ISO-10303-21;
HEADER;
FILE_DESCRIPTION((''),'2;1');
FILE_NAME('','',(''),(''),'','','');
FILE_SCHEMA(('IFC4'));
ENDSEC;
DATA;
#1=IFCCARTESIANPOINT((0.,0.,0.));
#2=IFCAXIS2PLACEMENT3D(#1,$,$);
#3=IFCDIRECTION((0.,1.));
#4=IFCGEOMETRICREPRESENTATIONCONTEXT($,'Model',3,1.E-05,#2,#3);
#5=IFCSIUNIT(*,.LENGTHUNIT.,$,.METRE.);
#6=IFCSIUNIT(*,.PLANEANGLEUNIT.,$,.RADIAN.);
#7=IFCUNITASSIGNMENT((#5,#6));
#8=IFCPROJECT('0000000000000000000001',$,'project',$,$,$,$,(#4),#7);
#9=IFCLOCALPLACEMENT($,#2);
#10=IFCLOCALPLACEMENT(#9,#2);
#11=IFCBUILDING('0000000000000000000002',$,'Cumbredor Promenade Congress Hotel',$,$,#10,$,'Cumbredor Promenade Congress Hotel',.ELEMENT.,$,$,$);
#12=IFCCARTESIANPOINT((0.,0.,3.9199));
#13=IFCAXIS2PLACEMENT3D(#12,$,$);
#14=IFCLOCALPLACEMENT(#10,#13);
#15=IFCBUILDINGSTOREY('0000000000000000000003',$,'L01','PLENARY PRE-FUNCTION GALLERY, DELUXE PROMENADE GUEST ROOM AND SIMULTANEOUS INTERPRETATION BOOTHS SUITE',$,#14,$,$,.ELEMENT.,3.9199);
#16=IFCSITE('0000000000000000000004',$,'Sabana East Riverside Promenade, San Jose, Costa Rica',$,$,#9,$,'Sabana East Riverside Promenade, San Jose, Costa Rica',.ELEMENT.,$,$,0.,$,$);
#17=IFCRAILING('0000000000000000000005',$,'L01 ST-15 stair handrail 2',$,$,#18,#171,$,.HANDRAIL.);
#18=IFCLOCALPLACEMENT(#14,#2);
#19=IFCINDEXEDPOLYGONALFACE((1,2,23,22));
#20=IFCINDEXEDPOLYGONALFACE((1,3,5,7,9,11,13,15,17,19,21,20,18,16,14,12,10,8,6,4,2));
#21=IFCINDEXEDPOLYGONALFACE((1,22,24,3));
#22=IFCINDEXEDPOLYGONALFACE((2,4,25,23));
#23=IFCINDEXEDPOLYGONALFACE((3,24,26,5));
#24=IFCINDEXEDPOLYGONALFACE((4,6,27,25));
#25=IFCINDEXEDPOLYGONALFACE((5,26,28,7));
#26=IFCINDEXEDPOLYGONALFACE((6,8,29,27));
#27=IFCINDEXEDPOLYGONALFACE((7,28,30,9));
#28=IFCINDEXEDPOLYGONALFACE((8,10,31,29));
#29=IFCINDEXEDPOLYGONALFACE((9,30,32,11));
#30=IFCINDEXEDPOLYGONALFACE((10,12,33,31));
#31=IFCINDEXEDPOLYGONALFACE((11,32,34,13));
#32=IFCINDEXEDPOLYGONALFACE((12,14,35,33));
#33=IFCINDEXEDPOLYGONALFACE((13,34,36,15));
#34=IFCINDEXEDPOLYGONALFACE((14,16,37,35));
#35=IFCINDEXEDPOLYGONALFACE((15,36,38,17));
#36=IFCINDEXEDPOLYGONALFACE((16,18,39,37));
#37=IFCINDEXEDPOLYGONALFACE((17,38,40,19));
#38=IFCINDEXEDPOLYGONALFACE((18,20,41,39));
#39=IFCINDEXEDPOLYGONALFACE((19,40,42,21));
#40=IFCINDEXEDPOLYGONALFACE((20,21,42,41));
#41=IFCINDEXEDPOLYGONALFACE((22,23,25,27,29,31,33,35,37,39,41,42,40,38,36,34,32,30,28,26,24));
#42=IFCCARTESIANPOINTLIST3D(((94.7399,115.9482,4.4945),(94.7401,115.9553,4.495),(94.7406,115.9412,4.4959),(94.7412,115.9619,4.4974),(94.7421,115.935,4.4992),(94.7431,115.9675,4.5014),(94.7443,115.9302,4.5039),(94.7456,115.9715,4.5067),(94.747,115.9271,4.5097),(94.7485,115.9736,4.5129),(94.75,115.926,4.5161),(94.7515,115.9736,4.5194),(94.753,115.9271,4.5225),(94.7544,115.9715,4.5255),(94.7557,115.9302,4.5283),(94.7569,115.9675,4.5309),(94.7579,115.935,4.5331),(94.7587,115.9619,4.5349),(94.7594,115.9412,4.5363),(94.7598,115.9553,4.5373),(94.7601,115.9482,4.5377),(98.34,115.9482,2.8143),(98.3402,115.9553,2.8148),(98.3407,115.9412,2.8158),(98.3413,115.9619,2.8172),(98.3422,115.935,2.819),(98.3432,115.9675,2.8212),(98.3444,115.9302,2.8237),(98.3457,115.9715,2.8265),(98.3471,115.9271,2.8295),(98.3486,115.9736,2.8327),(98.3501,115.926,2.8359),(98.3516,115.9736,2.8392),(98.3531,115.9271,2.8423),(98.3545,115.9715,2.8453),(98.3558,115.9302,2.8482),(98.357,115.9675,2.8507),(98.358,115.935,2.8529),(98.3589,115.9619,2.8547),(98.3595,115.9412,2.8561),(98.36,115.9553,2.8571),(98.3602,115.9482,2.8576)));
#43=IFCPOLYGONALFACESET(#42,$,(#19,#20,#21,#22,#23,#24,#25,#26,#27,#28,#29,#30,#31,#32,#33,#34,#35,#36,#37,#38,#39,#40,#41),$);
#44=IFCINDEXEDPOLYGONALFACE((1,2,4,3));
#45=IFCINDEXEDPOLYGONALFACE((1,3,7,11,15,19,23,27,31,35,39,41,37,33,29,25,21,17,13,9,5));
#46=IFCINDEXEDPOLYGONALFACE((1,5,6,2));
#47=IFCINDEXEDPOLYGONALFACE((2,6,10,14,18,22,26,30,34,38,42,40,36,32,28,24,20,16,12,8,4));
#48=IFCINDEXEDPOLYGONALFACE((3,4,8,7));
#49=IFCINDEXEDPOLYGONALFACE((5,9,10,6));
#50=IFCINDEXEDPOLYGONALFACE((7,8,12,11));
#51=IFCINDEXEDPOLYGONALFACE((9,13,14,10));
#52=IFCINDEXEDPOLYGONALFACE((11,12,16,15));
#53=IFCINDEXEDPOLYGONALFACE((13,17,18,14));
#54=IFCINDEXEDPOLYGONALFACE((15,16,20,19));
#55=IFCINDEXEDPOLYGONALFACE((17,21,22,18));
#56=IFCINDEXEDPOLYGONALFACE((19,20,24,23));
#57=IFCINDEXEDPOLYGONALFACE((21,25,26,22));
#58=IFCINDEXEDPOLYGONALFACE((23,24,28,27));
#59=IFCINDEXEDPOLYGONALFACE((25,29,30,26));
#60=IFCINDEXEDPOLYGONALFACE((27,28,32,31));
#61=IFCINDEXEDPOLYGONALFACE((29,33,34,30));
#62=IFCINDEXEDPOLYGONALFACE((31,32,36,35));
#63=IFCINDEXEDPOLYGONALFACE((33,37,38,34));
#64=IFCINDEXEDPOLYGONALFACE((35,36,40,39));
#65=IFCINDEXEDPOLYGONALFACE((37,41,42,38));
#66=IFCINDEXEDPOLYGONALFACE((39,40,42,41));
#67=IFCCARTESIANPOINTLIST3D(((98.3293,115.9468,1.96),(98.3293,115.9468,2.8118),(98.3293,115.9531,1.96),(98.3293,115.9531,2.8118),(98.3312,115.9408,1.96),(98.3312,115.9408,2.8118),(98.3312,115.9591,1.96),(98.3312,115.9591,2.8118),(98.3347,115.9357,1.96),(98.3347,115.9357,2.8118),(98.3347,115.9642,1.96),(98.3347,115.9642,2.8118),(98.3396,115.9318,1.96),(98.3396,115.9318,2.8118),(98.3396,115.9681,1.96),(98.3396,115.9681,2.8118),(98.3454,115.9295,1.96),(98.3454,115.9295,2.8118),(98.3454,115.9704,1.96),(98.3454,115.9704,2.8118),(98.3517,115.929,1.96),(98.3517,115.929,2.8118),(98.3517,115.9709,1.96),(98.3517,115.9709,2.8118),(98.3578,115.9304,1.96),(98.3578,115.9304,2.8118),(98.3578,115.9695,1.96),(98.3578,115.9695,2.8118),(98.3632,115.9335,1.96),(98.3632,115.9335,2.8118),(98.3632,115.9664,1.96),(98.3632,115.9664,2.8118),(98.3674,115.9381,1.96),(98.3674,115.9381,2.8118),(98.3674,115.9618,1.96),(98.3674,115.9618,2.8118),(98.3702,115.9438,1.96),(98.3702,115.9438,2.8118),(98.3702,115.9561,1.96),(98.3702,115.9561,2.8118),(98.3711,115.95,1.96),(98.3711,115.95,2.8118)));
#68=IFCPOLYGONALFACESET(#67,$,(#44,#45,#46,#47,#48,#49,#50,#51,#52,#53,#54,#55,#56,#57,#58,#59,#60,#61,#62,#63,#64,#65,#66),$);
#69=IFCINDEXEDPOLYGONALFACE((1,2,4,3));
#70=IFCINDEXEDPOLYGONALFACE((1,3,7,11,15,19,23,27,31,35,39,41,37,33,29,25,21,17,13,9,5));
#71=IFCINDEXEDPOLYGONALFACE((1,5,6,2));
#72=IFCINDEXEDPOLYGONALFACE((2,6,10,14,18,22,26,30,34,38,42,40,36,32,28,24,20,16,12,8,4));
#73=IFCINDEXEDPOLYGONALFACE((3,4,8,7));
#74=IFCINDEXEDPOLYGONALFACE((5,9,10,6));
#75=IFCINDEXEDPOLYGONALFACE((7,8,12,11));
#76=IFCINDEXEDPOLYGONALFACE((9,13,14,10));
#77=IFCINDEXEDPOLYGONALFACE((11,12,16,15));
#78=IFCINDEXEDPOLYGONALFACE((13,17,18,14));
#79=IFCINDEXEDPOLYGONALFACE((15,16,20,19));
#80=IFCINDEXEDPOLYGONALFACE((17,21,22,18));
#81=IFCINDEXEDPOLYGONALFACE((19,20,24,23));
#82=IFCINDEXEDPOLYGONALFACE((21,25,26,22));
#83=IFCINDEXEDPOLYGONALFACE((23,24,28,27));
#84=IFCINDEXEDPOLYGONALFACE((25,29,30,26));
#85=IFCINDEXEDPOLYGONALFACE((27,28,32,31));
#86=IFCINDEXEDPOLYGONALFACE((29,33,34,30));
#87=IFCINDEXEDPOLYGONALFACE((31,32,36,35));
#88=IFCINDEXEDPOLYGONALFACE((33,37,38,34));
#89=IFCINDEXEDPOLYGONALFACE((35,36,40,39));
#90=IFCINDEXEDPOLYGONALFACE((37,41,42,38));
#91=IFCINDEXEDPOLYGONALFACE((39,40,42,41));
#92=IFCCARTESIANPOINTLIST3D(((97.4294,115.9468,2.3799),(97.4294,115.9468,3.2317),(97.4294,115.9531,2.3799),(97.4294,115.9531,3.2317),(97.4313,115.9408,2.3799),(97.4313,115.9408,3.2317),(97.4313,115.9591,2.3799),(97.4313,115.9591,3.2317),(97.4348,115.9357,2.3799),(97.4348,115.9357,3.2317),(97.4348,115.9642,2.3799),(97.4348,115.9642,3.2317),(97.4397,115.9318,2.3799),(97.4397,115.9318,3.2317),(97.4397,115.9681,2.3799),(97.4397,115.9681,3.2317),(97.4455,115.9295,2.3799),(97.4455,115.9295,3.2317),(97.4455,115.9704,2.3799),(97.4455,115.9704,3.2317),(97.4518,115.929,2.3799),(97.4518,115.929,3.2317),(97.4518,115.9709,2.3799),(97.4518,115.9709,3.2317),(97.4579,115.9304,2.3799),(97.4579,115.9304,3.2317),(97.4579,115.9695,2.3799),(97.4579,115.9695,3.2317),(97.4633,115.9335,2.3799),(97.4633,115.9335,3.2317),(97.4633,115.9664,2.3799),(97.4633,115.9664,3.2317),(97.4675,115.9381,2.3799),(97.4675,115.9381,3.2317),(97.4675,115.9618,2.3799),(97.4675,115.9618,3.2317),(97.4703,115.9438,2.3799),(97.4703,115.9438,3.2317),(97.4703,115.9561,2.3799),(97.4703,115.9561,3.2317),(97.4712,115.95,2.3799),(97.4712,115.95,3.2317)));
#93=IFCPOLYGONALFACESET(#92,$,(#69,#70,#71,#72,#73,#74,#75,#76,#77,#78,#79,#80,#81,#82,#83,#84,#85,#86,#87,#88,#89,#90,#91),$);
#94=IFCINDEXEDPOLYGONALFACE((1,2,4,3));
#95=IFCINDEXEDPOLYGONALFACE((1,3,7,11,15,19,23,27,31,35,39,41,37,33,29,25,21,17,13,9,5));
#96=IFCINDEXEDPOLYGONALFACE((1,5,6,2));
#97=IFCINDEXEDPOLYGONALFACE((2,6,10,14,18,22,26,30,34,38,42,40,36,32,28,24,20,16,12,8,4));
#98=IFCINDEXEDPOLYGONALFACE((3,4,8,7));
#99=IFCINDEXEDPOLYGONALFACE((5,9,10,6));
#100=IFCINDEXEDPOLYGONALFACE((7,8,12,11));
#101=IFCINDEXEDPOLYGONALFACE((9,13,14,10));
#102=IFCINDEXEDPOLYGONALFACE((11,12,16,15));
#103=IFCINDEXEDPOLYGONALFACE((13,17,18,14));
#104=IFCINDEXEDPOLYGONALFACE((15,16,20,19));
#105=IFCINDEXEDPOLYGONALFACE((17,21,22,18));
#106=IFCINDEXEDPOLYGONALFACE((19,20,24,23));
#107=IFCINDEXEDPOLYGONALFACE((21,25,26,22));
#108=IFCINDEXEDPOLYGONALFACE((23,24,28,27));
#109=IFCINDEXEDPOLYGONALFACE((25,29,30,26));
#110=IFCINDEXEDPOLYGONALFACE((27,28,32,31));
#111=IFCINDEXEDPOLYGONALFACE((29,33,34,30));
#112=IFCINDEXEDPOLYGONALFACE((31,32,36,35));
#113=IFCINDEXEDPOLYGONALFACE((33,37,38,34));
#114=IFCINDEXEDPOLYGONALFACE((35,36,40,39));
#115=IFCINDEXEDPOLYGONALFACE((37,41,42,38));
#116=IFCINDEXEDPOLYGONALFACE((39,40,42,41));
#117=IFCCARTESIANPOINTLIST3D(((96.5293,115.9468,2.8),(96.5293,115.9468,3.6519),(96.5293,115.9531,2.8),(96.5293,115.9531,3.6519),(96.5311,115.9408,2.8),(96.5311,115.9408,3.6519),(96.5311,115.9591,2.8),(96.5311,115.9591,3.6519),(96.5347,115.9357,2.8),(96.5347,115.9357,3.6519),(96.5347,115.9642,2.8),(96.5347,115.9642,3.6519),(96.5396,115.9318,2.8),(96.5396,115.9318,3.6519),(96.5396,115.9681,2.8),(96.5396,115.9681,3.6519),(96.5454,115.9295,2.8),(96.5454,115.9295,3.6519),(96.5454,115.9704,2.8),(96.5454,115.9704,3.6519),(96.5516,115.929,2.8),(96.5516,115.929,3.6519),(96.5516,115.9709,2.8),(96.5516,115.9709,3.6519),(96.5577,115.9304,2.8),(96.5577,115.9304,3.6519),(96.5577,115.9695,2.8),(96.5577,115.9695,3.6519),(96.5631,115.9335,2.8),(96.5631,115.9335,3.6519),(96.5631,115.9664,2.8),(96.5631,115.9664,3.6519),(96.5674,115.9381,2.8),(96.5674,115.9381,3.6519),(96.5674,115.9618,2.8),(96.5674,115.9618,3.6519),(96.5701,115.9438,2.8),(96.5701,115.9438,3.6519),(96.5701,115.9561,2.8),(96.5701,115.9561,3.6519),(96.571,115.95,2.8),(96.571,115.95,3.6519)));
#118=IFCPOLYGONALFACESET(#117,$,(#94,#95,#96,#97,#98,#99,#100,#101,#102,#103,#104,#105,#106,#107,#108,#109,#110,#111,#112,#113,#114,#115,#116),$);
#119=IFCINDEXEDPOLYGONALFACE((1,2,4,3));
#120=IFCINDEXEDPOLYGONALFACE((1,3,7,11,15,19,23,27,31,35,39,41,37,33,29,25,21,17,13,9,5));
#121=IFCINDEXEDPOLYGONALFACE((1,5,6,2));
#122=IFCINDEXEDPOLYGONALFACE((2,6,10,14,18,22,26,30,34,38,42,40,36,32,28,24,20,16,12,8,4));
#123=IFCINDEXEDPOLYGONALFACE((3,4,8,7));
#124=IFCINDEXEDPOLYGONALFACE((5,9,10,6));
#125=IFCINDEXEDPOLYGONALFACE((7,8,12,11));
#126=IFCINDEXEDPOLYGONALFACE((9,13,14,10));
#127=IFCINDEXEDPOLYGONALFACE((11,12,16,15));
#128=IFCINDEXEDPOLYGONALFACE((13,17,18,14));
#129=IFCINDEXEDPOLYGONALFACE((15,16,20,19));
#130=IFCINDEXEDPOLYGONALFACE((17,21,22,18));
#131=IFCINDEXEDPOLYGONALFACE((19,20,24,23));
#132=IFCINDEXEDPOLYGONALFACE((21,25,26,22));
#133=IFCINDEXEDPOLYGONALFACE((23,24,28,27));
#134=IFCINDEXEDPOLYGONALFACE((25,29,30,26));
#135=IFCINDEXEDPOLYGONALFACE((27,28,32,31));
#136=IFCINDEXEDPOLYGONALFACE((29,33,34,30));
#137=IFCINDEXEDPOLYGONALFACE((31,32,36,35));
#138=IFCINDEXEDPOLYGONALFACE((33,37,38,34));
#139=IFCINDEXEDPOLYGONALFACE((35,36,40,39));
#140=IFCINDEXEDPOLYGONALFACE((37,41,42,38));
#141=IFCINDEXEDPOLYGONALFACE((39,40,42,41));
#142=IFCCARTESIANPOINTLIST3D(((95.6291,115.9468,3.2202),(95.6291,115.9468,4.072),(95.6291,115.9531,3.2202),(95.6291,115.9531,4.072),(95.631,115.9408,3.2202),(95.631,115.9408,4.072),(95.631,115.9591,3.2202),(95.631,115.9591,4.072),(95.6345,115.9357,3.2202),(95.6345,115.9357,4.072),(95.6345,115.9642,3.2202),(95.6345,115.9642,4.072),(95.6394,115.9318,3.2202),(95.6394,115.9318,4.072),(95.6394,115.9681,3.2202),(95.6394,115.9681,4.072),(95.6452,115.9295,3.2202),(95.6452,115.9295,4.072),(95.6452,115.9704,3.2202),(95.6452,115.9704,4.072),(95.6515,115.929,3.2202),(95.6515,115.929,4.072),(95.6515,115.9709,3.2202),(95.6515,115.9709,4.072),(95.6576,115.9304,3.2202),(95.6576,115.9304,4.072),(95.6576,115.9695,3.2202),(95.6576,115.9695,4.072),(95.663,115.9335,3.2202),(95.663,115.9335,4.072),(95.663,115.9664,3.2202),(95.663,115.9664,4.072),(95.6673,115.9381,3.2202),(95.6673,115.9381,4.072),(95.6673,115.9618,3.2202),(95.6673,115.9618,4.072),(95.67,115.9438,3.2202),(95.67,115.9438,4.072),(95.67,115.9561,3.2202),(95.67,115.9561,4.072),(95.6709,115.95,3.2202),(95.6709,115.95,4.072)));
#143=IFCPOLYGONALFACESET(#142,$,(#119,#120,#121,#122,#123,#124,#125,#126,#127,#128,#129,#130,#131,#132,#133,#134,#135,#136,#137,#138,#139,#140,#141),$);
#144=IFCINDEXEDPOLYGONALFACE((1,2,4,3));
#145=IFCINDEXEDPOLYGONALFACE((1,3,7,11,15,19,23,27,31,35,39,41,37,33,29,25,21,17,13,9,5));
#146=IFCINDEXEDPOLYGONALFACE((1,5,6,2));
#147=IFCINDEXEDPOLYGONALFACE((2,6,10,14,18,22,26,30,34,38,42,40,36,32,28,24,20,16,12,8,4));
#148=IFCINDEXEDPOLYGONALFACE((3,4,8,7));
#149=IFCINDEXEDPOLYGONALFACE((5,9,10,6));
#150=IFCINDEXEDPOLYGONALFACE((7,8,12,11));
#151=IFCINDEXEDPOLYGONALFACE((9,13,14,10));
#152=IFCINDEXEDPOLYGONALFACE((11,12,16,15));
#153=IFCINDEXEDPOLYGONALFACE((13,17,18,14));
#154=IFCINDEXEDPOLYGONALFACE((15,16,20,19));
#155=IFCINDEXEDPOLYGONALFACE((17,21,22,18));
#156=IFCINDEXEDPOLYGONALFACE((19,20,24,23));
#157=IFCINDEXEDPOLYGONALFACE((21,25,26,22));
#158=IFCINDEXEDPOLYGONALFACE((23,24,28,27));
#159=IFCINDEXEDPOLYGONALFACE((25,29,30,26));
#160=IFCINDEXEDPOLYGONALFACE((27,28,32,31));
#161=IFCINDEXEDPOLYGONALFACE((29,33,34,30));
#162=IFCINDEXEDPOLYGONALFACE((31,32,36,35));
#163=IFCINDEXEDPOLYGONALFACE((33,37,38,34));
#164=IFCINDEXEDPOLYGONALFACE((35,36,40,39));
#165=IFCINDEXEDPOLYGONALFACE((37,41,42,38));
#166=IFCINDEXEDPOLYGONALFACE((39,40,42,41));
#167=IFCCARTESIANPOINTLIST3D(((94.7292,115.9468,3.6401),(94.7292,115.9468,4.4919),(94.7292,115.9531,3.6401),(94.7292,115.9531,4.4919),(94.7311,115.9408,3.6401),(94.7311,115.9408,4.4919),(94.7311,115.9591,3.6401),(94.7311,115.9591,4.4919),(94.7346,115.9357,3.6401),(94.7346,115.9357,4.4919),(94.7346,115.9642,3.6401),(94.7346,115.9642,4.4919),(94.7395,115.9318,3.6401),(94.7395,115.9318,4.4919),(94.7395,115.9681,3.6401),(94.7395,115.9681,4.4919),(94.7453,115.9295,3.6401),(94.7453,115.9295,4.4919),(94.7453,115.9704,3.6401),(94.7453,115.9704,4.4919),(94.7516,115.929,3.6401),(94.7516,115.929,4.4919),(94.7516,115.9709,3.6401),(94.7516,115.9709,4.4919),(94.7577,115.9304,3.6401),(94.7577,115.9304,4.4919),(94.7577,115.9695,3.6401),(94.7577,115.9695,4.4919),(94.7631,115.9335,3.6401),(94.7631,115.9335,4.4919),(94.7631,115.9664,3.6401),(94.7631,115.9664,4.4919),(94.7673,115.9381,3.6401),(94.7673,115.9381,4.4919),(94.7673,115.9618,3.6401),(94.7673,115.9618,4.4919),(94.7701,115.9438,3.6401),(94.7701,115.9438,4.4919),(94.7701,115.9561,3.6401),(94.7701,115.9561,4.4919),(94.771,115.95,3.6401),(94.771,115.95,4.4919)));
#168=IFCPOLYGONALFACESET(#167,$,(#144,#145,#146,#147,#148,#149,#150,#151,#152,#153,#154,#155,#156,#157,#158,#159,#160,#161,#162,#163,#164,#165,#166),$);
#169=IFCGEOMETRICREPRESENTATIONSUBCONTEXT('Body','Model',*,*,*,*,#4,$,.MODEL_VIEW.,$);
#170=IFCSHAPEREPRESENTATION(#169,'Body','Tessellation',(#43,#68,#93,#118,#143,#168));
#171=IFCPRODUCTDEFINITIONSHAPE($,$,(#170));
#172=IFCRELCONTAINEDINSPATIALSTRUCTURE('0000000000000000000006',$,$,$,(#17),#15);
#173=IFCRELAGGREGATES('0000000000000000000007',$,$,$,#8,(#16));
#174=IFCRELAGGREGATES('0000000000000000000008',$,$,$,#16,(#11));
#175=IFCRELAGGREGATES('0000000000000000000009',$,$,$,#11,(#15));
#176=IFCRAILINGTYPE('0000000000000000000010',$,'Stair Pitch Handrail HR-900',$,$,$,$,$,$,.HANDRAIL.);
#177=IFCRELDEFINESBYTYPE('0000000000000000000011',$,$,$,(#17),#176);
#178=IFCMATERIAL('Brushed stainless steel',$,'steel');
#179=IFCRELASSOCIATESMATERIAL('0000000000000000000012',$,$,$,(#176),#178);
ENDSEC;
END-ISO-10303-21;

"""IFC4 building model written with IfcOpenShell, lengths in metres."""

from ifc_helpers import new_model, si_unit, direction, frame, origin, origin_2d, place, context, subcontext, project, spatial, circle, extrude, material, type_object, element, save


model = new_model("IFC4")

# Units and contexts
model_context = context("Model", 3, precision=1e-05, world=origin(), true_north=direction((0.0, 1.0)))
body_context = subcontext(model_context, "Body", "Model", "MODEL_VIEW")
ifc_project = project(units=[si_unit("LENGTHUNIT", "METRE"), si_unit("PLANEANGLEUNIT", "RADIAN")], contexts=[model_context])

# Site, building, storey
site_placement = place(None, origin())
site = spatial("IfcSite", under=ifc_project, at=site_placement, Name="Sabana East Riverside Promenade, San Jose, Costa Rica", LongName="Sabana East Riverside Promenade, San Jose, Costa Rica", CompositionType="ELEMENT", RefElevation=0.0)
building_placement = place(site_placement, origin())
building = spatial("IfcBuilding", under=site, at=building_placement, Name="Cumbredor Promenade Congress Hotel", LongName="Cumbredor Promenade Congress Hotel", CompositionType="ELEMENT")
storey_placement = place(building_placement, frame((0.0, 0.0, 3.9199)))
storey = spatial("IfcBuildingStorey", under=building, at=storey_placement, Name="L01", Description="PLENARY PRE-FUNCTION GALLERY, DELUXE PROMENADE GUEST ROOM AND SIMULTANEOUS INTERPRETATION BOOTHS SUITE", CompositionType="ELEMENT", Elevation=3.9199)

# Railing
ifc_material_1 = material(Name="Brushed stainless steel", Category="steel")
railing_type_1 = type_object("IfcRailingType", Name="Stair Pitch Handrail HR-900", PredefinedType="HANDRAIL", material=ifc_material_1)
railing_1_placement = place(storey_placement, frame((98.3501, 115.95, 1.96)))
element("IfcRailing", 1, at=railing_1_placement, inside=storey, type_object=railing_type_1, Name="L01 ST-15 stair handrail 2", PredefinedType="HANDRAIL", context=body_context, shape_type="SweptSolid", body=[
    extrude(circle(Radius=0.0239, at=origin_2d()), frame((0.0, 0.0, 0.876), z_axis=(-0.906171, 0.0, 0.422912), x_axis=(0.0, -1.0, 0.0)), (0.0, 0.0, 1.0), 3.9729),
    extrude(circle(Radius=0.021, at=origin_2d()), origin(), (0.0, 0.0, 1.0), 0.8518),
    extrude(circle(Radius=0.021, at=origin_2d()), frame((-0.8999, 0.0, 0.4199)), (0.0, 0.0, 1.0), 0.8518),
    extrude(circle(Radius=0.021, at=origin_2d()), frame((-1.8, 0.0, 0.8401)), (0.0, 0.0, 1.0), 0.8518),
    extrude(circle(Radius=0.021, at=origin_2d()), frame((-2.7002, 0.0, 1.2603)), (0.0, 0.0, 1.0), 0.8518),
    extrude(circle(Radius=0.021, at=origin_2d()), frame((-3.6001, 0.0, 1.6802)), (0.0, 0.0, 1.0), 0.8518),
])

save(model, "model.ifc")
